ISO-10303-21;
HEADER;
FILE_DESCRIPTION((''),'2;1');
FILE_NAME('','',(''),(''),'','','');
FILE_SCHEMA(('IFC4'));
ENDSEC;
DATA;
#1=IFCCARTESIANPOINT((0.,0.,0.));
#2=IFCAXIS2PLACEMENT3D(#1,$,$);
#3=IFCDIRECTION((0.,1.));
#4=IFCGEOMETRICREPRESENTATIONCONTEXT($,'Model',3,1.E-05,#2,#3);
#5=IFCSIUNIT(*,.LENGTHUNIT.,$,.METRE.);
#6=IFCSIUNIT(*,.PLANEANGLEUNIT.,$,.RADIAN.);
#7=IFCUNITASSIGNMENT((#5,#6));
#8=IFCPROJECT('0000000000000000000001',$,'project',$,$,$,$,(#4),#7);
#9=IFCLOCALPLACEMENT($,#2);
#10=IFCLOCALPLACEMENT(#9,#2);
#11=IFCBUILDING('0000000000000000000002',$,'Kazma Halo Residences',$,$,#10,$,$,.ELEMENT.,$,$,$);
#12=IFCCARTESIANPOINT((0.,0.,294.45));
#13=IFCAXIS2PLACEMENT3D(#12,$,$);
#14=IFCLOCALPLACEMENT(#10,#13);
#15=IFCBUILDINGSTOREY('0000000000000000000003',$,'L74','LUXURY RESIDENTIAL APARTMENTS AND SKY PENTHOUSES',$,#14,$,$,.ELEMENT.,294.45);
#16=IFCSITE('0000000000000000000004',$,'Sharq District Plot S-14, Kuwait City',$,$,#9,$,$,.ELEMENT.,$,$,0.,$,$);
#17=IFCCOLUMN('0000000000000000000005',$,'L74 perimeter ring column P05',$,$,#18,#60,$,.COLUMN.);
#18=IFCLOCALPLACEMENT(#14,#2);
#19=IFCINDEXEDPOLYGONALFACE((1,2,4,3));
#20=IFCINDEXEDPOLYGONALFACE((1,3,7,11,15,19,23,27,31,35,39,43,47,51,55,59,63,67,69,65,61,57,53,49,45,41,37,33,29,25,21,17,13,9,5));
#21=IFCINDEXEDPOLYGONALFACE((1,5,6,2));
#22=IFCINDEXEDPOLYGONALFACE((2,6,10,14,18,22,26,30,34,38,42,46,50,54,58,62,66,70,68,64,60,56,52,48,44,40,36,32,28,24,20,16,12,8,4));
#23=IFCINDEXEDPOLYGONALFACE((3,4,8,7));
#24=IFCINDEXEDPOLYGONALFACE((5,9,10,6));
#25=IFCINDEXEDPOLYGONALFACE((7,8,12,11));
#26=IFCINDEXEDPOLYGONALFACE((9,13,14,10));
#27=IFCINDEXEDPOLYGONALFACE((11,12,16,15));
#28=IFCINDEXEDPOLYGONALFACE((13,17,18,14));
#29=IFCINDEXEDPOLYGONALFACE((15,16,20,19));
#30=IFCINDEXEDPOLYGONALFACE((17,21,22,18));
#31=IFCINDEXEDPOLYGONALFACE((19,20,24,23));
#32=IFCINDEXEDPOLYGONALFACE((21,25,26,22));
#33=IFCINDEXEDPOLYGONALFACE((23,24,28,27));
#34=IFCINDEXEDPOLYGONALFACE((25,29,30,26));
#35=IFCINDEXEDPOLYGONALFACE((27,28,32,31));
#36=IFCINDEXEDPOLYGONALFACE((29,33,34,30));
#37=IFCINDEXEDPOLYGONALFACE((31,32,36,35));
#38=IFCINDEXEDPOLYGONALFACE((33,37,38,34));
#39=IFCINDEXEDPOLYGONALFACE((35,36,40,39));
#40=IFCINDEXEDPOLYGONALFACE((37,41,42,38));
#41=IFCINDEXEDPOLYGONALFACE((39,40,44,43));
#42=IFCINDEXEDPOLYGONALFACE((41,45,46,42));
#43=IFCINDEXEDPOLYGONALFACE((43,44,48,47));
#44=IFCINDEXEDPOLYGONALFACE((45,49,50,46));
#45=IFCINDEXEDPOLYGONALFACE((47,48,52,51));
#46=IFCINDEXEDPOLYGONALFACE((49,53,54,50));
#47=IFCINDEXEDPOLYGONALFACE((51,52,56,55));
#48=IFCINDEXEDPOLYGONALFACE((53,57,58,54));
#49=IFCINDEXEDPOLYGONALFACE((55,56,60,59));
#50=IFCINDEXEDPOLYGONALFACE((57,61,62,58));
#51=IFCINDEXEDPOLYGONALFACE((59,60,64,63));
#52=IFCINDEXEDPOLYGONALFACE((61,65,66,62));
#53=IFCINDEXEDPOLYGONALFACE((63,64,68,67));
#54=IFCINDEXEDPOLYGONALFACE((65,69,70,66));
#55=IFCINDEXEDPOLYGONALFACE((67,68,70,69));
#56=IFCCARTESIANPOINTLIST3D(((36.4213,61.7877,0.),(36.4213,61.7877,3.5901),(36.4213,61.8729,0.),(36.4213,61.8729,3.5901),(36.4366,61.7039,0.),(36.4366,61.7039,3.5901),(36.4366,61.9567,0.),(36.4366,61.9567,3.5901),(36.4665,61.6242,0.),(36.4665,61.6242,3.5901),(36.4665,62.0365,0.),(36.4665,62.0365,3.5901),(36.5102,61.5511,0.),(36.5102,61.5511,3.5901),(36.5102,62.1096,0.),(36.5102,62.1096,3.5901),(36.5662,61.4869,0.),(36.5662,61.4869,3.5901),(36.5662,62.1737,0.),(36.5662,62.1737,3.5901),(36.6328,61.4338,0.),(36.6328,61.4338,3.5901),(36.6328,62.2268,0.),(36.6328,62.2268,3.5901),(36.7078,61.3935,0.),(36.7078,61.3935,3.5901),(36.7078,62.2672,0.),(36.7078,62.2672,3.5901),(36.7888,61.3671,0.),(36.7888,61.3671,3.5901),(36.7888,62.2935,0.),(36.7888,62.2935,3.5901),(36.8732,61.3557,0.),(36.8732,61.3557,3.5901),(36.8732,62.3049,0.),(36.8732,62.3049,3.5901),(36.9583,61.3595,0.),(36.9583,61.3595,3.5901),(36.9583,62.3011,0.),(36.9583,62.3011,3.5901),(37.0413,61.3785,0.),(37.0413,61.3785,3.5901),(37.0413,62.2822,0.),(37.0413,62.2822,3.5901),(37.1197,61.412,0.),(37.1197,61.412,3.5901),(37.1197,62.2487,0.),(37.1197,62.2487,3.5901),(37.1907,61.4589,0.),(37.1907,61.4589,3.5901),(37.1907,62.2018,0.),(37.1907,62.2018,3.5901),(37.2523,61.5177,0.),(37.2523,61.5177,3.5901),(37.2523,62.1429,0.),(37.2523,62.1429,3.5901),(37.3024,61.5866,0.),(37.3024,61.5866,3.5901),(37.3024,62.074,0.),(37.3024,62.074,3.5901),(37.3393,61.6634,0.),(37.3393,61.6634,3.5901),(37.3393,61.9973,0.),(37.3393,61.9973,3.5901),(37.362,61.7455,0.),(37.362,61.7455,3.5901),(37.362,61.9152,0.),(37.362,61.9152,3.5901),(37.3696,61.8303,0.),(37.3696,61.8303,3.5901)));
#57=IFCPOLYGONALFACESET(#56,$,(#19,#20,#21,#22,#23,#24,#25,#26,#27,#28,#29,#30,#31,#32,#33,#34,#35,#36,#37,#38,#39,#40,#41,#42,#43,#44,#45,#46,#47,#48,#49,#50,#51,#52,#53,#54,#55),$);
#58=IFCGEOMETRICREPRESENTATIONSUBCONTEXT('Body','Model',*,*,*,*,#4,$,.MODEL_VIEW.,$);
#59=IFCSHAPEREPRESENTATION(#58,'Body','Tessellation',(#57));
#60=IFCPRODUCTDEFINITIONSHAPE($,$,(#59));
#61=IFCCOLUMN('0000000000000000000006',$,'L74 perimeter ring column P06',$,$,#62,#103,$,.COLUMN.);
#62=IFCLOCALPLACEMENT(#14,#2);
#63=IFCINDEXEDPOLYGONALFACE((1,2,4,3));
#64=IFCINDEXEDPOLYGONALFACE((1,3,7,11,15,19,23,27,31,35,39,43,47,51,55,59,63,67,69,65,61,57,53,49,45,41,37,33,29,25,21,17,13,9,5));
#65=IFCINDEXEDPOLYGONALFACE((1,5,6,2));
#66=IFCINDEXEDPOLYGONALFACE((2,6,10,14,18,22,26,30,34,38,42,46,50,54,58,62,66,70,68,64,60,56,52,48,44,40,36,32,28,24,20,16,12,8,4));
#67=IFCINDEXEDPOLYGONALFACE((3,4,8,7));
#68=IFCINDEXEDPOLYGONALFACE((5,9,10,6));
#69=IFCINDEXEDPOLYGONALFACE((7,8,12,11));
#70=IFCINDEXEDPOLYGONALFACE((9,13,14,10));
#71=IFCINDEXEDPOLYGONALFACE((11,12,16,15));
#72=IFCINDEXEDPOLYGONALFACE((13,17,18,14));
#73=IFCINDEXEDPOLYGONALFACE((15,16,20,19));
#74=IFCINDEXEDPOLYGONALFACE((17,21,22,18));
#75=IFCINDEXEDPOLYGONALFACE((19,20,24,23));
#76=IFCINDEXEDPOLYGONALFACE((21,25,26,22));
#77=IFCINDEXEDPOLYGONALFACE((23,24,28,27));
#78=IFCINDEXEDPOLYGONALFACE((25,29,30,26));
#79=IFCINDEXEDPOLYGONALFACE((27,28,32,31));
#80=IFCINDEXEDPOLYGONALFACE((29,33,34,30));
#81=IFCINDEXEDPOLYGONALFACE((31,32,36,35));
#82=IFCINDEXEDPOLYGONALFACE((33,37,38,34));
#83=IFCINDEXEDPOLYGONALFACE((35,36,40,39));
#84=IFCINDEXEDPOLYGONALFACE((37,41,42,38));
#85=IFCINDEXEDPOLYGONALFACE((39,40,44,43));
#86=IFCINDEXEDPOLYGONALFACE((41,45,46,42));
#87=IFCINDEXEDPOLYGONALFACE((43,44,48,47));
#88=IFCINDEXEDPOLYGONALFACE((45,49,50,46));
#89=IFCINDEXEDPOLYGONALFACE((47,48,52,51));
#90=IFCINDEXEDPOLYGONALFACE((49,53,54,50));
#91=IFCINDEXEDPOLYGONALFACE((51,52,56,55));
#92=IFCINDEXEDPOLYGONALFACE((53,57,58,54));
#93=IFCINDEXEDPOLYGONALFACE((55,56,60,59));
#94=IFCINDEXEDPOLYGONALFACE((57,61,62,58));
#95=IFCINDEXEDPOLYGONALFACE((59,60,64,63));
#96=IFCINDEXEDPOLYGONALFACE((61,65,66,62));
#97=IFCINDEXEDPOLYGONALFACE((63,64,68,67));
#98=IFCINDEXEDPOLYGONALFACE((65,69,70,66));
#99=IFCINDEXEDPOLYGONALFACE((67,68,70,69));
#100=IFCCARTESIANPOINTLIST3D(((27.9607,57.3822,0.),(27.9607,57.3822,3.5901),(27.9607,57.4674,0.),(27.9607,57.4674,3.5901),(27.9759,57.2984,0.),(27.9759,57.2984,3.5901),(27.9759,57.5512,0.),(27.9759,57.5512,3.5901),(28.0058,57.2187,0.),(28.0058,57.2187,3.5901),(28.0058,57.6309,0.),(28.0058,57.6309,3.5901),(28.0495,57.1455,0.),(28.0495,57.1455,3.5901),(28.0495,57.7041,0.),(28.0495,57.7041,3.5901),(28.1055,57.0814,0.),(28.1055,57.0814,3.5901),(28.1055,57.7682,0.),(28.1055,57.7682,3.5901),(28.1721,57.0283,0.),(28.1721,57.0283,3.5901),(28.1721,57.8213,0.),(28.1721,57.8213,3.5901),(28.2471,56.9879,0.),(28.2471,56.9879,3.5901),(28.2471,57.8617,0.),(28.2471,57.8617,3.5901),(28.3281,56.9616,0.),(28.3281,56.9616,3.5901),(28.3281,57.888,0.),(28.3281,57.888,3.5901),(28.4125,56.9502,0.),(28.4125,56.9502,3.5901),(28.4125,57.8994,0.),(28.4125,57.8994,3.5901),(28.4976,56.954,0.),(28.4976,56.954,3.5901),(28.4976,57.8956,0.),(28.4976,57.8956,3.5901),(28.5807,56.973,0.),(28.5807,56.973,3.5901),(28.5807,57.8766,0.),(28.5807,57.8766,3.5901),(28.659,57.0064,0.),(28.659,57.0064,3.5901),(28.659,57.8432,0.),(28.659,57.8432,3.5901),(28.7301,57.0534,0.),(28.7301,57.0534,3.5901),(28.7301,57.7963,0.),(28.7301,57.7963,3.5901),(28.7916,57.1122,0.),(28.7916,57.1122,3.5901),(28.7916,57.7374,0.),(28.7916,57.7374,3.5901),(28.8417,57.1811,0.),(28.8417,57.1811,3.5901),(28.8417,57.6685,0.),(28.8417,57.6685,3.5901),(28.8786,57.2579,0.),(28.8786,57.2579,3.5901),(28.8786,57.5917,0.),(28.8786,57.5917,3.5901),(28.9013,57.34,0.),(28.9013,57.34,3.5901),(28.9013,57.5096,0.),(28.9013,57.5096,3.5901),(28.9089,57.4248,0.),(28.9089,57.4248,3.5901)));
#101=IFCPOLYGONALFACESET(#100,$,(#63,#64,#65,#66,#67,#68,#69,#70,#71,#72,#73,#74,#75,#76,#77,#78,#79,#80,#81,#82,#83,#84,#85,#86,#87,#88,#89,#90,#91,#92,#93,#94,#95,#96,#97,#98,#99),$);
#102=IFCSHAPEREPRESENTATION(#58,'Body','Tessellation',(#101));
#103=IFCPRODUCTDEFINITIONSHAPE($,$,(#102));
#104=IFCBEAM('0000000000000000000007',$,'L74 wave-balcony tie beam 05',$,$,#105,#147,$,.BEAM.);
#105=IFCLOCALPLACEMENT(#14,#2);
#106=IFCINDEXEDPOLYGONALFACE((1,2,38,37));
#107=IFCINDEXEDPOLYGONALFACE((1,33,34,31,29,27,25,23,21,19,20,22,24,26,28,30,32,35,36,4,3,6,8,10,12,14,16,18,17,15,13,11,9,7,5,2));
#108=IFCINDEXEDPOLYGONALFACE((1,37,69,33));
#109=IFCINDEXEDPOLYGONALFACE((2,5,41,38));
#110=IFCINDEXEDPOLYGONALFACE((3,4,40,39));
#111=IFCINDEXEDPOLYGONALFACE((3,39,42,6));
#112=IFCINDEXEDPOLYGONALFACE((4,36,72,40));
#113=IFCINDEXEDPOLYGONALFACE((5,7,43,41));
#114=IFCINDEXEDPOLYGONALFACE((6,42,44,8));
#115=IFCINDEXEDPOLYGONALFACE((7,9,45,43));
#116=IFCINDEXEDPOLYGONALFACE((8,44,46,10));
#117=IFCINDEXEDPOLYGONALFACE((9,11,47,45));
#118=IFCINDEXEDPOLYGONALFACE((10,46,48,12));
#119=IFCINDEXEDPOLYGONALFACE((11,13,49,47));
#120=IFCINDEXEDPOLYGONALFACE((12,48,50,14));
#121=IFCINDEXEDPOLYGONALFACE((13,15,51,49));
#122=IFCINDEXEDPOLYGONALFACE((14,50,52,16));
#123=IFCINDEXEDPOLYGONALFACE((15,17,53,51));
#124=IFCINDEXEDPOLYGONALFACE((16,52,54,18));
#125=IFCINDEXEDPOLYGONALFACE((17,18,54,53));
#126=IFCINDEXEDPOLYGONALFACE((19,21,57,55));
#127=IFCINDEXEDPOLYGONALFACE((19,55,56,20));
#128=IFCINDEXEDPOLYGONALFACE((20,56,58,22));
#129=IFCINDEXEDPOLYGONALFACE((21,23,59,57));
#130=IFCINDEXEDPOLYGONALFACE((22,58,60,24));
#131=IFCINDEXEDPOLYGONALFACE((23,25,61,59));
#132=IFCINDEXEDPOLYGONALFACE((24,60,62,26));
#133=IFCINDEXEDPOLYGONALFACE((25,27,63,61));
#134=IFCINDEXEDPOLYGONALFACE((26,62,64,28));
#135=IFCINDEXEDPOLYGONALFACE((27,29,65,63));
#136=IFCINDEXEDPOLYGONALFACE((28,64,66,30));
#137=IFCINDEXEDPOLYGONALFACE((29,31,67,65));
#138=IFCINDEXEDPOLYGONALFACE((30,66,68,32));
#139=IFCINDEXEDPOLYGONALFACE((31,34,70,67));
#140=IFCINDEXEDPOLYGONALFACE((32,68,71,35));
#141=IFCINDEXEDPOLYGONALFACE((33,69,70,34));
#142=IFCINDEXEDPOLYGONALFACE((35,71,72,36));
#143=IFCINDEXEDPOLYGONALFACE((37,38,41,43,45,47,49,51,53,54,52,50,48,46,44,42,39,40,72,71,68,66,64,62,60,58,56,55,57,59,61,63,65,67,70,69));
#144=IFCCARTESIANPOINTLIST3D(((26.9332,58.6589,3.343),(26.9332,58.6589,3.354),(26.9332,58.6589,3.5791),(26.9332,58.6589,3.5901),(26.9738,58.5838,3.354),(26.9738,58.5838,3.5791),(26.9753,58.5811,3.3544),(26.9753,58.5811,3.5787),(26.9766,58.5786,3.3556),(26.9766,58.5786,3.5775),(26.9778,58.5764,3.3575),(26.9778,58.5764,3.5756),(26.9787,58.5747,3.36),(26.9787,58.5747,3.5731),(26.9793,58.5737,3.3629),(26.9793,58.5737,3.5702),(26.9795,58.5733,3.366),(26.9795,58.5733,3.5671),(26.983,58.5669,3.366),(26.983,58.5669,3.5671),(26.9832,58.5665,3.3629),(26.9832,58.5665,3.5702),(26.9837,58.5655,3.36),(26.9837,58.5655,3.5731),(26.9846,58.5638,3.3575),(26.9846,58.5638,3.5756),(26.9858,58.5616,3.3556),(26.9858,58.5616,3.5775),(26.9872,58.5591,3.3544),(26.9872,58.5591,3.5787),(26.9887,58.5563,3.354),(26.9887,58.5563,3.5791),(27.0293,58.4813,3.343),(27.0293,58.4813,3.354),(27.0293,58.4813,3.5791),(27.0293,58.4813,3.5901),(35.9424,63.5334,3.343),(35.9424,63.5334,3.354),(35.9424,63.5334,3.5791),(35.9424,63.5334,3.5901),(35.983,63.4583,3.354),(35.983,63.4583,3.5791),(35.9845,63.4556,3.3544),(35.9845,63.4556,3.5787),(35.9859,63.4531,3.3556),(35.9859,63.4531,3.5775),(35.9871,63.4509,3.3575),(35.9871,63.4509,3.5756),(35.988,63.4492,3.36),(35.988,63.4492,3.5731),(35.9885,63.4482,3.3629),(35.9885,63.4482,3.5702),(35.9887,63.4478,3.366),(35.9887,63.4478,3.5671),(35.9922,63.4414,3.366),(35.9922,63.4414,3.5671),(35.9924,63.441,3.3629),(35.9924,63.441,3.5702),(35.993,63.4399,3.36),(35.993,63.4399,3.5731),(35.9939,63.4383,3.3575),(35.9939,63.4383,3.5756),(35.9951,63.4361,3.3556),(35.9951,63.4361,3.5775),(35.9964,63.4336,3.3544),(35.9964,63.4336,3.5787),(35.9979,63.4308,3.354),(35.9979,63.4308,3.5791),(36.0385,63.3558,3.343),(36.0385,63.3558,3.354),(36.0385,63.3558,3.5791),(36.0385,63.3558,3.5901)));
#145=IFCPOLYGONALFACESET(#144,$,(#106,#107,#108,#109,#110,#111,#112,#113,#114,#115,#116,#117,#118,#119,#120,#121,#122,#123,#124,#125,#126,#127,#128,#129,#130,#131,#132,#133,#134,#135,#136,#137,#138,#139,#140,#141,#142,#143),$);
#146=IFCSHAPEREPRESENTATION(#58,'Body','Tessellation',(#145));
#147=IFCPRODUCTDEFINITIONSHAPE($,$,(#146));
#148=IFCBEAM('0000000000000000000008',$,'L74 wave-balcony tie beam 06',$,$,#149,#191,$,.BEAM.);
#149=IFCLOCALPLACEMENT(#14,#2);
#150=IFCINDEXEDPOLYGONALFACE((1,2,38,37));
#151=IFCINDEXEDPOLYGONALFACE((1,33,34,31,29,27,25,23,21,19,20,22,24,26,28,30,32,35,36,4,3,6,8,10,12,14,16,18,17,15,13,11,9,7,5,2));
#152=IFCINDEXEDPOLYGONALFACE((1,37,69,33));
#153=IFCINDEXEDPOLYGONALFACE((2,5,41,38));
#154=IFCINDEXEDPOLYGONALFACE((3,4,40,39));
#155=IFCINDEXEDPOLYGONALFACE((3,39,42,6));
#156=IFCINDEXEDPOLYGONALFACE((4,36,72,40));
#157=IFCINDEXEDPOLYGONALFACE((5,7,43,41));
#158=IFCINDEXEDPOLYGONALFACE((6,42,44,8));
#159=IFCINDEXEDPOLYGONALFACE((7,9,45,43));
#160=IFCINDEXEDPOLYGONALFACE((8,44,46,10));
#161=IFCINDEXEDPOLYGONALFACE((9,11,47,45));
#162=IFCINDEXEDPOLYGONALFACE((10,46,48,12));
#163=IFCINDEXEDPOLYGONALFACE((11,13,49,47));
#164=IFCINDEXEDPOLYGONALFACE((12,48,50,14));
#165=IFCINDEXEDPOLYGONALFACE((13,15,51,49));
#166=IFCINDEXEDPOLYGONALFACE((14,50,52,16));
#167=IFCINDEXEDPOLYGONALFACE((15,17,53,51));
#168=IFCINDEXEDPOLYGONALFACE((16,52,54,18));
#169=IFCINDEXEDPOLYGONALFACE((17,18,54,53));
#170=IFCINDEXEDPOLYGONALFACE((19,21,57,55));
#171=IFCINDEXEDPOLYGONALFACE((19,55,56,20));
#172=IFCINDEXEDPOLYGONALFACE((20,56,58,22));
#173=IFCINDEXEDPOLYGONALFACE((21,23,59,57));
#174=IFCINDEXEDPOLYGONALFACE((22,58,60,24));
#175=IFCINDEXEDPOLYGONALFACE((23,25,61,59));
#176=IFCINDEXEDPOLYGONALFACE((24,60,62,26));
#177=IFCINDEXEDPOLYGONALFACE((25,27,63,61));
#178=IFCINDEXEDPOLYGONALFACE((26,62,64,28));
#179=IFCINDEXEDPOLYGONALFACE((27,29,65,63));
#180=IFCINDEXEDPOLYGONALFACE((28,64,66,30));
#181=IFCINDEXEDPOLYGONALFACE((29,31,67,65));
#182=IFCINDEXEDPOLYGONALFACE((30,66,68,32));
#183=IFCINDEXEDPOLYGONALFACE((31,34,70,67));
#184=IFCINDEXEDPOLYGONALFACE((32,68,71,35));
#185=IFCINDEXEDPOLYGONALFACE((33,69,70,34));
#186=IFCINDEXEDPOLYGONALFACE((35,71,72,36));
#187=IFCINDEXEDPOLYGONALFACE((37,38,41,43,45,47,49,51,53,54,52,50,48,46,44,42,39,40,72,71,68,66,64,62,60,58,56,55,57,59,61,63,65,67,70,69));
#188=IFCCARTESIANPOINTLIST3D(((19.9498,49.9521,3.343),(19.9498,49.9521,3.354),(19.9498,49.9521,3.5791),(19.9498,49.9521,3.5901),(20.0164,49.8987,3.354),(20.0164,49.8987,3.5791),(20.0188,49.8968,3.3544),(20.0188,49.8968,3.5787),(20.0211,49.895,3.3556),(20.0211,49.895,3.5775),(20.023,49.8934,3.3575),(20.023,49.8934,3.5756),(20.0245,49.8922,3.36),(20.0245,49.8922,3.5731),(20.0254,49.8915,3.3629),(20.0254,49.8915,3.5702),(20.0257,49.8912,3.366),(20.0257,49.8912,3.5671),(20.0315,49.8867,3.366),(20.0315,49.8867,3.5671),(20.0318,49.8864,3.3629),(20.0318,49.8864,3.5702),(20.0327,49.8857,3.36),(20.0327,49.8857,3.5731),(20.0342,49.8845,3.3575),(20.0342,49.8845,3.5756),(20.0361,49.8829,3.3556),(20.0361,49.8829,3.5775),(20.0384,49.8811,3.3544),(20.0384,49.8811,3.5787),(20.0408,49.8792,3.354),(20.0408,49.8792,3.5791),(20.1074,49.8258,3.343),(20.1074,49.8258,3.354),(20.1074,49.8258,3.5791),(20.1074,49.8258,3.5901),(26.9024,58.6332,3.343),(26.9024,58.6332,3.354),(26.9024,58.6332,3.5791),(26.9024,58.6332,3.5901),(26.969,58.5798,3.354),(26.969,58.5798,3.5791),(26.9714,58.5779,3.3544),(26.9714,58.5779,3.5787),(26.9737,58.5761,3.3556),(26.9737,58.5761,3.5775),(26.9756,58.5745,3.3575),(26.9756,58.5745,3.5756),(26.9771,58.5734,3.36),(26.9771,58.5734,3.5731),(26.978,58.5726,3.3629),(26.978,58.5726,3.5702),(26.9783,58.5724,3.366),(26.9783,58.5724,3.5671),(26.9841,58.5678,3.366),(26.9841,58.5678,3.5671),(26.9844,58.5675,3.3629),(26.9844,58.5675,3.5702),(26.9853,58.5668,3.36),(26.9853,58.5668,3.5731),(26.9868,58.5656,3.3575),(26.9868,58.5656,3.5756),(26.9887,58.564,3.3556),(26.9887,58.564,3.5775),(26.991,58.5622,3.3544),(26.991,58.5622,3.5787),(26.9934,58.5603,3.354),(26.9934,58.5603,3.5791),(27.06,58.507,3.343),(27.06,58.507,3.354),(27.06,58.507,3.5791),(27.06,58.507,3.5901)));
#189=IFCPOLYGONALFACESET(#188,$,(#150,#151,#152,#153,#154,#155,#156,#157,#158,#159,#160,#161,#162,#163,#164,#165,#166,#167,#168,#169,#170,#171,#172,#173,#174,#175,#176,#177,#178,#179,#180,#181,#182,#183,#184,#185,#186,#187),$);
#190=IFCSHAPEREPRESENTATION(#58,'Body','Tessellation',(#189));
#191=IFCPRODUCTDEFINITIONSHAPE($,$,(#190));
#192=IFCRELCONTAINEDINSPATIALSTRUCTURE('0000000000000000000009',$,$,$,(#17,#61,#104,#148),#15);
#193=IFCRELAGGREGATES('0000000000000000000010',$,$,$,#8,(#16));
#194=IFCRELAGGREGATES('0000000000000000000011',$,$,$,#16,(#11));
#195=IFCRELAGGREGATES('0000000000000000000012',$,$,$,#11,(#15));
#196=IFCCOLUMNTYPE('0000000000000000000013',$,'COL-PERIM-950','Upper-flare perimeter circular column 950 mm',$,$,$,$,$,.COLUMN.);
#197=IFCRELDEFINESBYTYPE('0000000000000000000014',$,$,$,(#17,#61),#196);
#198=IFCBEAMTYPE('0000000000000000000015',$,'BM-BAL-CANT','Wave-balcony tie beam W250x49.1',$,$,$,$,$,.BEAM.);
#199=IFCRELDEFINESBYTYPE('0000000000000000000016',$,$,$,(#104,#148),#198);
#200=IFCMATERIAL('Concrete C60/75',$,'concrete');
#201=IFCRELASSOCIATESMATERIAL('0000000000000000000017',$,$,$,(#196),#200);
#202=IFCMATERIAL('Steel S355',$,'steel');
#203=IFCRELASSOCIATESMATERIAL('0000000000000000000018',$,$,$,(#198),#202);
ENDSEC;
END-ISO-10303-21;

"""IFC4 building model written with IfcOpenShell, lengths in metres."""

from ifc_helpers import new_model, si_unit, direction, frame, origin, origin_2d, place, context, subcontext, project, spatial, circle, i_section, extrude, material, material_profile, profile_set, type_object, element, save


model = new_model("IFC4")

# Units and contexts
model_context = context("Model", 3, precision=1e-05, world=origin(), true_north=direction((0.0, 1.0)))
body_context = subcontext(model_context, "Body", "Model", "MODEL_VIEW")
ifc_project = project(units=[si_unit("LENGTHUNIT", "METRE"), si_unit("PLANEANGLEUNIT", "RADIAN")], contexts=[model_context])

# Site, building, storey
site_placement = place(None, origin())
site = spatial("IfcSite", under=ifc_project, at=site_placement, Name="Sharq District Plot S-14, Kuwait City", CompositionType="ELEMENT", RefElevation=0.0)
building_placement = place(site_placement, origin())
building = spatial("IfcBuilding", under=site, at=building_placement, Name="Kazma Halo Residences", CompositionType="ELEMENT")
storey_placement = place(building_placement, frame((0.0, 0.0, 294.45)))
storey = spatial("IfcBuildingStorey", under=building, at=storey_placement, Name="L74", Description="LUXURY RESIDENTIAL APARTMENTS AND SKY PENTHOUSES", CompositionType="ELEMENT", Elevation=294.45)

# Columns
ifc_material_1 = material(Name="Concrete C60/75", Category="concrete")
ifc_material_profile_1 = material_profile(ifc_material_1, circle(Radius=0.4751, at=origin_2d()), Name="CIRC950")
ifc_profile_set_1 = profile_set([ifc_material_profile_1], Name="Concrete C60/75")
column_type = type_object("IfcColumnType", Name="COL-PERIM-950", Description="Upper-flare perimeter circular column 950 mm", PredefinedType="COLUMN", material=ifc_profile_set_1)
for number, where, z_axis, x_axis, name in (
    (1, (36.8945, 61.8303, 0.0), (0.0, 0.0, 1.0), (1.0, 0.0, 0.0), "L74 perimeter ring column P05"),
    (2, (28.4338, 57.4248, 0.0), (0.0, 0.0, 1.0), (1.0, 0.0, 0.0), "L74 perimeter ring column P06"),
):
    element("IfcColumn", number, at=place(storey_placement, frame(where, z_axis=z_axis, x_axis=x_axis)), inside=storey, type_object=column_type, Name=name, PredefinedType="COLUMN", context=body_context, shape_type="SweptSolid", body=[
        extrude(circle(Radius=0.4751, at=origin_2d()), origin(), (0.0, 0.0, 1.0), 3.5901),
    ])

# Beams
ifc_material_2 = material(Name="Steel S355", Category="steel")
ifc_material_profile_2 = material_profile(ifc_material_2, i_section(OverallWidth=0.2019, OverallDepth=0.2471, WebThickness=0.0073, FlangeThickness=0.011, FilletRadius=0.012, at=origin_2d()), Name="W250x49.1")
ifc_profile_set_2 = profile_set([ifc_material_profile_2], Name="Steel S355")
beam_type_1 = type_object("IfcBeamType", Name="BM-BAL-CANT", Description="Wave-balcony tie beam W250x49.1", PredefinedType="BEAM", material=ifc_profile_set_2)
beam_1_placement = place(storey_placement, frame((35.9905, 63.4446, 3.4666), z_axis=(-0.879517, -0.475867, 0.0), x_axis=(0.475867, -0.879517, 0.0)))
element("IfcBeam", 3, at=beam_1_placement, inside=storey, type_object=beam_type_1, Name="L74 wave-balcony tie beam 05", PredefinedType="BEAM", context=body_context, shape_type="SweptSolid", body=[
    extrude(i_section(OverallWidth=0.2019, OverallDepth=0.2471, WebThickness=0.0073, FlangeThickness=0.011, FilletRadius=0.012, at=origin_2d()), origin(), (0.0, 0.0, 1.0), 10.2434),
])
beam_2_placement = place(storey_placement, frame((26.9812, 58.5701, 3.4666), z_axis=(-0.625118, -0.78053, 0.0), x_axis=(0.78053, -0.625118, 0.0)))
element("IfcBeam", 4, at=beam_2_placement, inside=storey, type_object=beam_type_1, Name="L74 wave-balcony tie beam 06", PredefinedType="BEAM", context=body_context, shape_type="SweptSolid", body=[
    extrude(i_section(OverallWidth=0.2019, OverallDepth=0.2471, WebThickness=0.0073, FlangeThickness=0.011, FilletRadius=0.012, at=origin_2d()), origin(), (0.0, 0.0, 1.0), 11.1221),
])

save(model, "model.ifc")
